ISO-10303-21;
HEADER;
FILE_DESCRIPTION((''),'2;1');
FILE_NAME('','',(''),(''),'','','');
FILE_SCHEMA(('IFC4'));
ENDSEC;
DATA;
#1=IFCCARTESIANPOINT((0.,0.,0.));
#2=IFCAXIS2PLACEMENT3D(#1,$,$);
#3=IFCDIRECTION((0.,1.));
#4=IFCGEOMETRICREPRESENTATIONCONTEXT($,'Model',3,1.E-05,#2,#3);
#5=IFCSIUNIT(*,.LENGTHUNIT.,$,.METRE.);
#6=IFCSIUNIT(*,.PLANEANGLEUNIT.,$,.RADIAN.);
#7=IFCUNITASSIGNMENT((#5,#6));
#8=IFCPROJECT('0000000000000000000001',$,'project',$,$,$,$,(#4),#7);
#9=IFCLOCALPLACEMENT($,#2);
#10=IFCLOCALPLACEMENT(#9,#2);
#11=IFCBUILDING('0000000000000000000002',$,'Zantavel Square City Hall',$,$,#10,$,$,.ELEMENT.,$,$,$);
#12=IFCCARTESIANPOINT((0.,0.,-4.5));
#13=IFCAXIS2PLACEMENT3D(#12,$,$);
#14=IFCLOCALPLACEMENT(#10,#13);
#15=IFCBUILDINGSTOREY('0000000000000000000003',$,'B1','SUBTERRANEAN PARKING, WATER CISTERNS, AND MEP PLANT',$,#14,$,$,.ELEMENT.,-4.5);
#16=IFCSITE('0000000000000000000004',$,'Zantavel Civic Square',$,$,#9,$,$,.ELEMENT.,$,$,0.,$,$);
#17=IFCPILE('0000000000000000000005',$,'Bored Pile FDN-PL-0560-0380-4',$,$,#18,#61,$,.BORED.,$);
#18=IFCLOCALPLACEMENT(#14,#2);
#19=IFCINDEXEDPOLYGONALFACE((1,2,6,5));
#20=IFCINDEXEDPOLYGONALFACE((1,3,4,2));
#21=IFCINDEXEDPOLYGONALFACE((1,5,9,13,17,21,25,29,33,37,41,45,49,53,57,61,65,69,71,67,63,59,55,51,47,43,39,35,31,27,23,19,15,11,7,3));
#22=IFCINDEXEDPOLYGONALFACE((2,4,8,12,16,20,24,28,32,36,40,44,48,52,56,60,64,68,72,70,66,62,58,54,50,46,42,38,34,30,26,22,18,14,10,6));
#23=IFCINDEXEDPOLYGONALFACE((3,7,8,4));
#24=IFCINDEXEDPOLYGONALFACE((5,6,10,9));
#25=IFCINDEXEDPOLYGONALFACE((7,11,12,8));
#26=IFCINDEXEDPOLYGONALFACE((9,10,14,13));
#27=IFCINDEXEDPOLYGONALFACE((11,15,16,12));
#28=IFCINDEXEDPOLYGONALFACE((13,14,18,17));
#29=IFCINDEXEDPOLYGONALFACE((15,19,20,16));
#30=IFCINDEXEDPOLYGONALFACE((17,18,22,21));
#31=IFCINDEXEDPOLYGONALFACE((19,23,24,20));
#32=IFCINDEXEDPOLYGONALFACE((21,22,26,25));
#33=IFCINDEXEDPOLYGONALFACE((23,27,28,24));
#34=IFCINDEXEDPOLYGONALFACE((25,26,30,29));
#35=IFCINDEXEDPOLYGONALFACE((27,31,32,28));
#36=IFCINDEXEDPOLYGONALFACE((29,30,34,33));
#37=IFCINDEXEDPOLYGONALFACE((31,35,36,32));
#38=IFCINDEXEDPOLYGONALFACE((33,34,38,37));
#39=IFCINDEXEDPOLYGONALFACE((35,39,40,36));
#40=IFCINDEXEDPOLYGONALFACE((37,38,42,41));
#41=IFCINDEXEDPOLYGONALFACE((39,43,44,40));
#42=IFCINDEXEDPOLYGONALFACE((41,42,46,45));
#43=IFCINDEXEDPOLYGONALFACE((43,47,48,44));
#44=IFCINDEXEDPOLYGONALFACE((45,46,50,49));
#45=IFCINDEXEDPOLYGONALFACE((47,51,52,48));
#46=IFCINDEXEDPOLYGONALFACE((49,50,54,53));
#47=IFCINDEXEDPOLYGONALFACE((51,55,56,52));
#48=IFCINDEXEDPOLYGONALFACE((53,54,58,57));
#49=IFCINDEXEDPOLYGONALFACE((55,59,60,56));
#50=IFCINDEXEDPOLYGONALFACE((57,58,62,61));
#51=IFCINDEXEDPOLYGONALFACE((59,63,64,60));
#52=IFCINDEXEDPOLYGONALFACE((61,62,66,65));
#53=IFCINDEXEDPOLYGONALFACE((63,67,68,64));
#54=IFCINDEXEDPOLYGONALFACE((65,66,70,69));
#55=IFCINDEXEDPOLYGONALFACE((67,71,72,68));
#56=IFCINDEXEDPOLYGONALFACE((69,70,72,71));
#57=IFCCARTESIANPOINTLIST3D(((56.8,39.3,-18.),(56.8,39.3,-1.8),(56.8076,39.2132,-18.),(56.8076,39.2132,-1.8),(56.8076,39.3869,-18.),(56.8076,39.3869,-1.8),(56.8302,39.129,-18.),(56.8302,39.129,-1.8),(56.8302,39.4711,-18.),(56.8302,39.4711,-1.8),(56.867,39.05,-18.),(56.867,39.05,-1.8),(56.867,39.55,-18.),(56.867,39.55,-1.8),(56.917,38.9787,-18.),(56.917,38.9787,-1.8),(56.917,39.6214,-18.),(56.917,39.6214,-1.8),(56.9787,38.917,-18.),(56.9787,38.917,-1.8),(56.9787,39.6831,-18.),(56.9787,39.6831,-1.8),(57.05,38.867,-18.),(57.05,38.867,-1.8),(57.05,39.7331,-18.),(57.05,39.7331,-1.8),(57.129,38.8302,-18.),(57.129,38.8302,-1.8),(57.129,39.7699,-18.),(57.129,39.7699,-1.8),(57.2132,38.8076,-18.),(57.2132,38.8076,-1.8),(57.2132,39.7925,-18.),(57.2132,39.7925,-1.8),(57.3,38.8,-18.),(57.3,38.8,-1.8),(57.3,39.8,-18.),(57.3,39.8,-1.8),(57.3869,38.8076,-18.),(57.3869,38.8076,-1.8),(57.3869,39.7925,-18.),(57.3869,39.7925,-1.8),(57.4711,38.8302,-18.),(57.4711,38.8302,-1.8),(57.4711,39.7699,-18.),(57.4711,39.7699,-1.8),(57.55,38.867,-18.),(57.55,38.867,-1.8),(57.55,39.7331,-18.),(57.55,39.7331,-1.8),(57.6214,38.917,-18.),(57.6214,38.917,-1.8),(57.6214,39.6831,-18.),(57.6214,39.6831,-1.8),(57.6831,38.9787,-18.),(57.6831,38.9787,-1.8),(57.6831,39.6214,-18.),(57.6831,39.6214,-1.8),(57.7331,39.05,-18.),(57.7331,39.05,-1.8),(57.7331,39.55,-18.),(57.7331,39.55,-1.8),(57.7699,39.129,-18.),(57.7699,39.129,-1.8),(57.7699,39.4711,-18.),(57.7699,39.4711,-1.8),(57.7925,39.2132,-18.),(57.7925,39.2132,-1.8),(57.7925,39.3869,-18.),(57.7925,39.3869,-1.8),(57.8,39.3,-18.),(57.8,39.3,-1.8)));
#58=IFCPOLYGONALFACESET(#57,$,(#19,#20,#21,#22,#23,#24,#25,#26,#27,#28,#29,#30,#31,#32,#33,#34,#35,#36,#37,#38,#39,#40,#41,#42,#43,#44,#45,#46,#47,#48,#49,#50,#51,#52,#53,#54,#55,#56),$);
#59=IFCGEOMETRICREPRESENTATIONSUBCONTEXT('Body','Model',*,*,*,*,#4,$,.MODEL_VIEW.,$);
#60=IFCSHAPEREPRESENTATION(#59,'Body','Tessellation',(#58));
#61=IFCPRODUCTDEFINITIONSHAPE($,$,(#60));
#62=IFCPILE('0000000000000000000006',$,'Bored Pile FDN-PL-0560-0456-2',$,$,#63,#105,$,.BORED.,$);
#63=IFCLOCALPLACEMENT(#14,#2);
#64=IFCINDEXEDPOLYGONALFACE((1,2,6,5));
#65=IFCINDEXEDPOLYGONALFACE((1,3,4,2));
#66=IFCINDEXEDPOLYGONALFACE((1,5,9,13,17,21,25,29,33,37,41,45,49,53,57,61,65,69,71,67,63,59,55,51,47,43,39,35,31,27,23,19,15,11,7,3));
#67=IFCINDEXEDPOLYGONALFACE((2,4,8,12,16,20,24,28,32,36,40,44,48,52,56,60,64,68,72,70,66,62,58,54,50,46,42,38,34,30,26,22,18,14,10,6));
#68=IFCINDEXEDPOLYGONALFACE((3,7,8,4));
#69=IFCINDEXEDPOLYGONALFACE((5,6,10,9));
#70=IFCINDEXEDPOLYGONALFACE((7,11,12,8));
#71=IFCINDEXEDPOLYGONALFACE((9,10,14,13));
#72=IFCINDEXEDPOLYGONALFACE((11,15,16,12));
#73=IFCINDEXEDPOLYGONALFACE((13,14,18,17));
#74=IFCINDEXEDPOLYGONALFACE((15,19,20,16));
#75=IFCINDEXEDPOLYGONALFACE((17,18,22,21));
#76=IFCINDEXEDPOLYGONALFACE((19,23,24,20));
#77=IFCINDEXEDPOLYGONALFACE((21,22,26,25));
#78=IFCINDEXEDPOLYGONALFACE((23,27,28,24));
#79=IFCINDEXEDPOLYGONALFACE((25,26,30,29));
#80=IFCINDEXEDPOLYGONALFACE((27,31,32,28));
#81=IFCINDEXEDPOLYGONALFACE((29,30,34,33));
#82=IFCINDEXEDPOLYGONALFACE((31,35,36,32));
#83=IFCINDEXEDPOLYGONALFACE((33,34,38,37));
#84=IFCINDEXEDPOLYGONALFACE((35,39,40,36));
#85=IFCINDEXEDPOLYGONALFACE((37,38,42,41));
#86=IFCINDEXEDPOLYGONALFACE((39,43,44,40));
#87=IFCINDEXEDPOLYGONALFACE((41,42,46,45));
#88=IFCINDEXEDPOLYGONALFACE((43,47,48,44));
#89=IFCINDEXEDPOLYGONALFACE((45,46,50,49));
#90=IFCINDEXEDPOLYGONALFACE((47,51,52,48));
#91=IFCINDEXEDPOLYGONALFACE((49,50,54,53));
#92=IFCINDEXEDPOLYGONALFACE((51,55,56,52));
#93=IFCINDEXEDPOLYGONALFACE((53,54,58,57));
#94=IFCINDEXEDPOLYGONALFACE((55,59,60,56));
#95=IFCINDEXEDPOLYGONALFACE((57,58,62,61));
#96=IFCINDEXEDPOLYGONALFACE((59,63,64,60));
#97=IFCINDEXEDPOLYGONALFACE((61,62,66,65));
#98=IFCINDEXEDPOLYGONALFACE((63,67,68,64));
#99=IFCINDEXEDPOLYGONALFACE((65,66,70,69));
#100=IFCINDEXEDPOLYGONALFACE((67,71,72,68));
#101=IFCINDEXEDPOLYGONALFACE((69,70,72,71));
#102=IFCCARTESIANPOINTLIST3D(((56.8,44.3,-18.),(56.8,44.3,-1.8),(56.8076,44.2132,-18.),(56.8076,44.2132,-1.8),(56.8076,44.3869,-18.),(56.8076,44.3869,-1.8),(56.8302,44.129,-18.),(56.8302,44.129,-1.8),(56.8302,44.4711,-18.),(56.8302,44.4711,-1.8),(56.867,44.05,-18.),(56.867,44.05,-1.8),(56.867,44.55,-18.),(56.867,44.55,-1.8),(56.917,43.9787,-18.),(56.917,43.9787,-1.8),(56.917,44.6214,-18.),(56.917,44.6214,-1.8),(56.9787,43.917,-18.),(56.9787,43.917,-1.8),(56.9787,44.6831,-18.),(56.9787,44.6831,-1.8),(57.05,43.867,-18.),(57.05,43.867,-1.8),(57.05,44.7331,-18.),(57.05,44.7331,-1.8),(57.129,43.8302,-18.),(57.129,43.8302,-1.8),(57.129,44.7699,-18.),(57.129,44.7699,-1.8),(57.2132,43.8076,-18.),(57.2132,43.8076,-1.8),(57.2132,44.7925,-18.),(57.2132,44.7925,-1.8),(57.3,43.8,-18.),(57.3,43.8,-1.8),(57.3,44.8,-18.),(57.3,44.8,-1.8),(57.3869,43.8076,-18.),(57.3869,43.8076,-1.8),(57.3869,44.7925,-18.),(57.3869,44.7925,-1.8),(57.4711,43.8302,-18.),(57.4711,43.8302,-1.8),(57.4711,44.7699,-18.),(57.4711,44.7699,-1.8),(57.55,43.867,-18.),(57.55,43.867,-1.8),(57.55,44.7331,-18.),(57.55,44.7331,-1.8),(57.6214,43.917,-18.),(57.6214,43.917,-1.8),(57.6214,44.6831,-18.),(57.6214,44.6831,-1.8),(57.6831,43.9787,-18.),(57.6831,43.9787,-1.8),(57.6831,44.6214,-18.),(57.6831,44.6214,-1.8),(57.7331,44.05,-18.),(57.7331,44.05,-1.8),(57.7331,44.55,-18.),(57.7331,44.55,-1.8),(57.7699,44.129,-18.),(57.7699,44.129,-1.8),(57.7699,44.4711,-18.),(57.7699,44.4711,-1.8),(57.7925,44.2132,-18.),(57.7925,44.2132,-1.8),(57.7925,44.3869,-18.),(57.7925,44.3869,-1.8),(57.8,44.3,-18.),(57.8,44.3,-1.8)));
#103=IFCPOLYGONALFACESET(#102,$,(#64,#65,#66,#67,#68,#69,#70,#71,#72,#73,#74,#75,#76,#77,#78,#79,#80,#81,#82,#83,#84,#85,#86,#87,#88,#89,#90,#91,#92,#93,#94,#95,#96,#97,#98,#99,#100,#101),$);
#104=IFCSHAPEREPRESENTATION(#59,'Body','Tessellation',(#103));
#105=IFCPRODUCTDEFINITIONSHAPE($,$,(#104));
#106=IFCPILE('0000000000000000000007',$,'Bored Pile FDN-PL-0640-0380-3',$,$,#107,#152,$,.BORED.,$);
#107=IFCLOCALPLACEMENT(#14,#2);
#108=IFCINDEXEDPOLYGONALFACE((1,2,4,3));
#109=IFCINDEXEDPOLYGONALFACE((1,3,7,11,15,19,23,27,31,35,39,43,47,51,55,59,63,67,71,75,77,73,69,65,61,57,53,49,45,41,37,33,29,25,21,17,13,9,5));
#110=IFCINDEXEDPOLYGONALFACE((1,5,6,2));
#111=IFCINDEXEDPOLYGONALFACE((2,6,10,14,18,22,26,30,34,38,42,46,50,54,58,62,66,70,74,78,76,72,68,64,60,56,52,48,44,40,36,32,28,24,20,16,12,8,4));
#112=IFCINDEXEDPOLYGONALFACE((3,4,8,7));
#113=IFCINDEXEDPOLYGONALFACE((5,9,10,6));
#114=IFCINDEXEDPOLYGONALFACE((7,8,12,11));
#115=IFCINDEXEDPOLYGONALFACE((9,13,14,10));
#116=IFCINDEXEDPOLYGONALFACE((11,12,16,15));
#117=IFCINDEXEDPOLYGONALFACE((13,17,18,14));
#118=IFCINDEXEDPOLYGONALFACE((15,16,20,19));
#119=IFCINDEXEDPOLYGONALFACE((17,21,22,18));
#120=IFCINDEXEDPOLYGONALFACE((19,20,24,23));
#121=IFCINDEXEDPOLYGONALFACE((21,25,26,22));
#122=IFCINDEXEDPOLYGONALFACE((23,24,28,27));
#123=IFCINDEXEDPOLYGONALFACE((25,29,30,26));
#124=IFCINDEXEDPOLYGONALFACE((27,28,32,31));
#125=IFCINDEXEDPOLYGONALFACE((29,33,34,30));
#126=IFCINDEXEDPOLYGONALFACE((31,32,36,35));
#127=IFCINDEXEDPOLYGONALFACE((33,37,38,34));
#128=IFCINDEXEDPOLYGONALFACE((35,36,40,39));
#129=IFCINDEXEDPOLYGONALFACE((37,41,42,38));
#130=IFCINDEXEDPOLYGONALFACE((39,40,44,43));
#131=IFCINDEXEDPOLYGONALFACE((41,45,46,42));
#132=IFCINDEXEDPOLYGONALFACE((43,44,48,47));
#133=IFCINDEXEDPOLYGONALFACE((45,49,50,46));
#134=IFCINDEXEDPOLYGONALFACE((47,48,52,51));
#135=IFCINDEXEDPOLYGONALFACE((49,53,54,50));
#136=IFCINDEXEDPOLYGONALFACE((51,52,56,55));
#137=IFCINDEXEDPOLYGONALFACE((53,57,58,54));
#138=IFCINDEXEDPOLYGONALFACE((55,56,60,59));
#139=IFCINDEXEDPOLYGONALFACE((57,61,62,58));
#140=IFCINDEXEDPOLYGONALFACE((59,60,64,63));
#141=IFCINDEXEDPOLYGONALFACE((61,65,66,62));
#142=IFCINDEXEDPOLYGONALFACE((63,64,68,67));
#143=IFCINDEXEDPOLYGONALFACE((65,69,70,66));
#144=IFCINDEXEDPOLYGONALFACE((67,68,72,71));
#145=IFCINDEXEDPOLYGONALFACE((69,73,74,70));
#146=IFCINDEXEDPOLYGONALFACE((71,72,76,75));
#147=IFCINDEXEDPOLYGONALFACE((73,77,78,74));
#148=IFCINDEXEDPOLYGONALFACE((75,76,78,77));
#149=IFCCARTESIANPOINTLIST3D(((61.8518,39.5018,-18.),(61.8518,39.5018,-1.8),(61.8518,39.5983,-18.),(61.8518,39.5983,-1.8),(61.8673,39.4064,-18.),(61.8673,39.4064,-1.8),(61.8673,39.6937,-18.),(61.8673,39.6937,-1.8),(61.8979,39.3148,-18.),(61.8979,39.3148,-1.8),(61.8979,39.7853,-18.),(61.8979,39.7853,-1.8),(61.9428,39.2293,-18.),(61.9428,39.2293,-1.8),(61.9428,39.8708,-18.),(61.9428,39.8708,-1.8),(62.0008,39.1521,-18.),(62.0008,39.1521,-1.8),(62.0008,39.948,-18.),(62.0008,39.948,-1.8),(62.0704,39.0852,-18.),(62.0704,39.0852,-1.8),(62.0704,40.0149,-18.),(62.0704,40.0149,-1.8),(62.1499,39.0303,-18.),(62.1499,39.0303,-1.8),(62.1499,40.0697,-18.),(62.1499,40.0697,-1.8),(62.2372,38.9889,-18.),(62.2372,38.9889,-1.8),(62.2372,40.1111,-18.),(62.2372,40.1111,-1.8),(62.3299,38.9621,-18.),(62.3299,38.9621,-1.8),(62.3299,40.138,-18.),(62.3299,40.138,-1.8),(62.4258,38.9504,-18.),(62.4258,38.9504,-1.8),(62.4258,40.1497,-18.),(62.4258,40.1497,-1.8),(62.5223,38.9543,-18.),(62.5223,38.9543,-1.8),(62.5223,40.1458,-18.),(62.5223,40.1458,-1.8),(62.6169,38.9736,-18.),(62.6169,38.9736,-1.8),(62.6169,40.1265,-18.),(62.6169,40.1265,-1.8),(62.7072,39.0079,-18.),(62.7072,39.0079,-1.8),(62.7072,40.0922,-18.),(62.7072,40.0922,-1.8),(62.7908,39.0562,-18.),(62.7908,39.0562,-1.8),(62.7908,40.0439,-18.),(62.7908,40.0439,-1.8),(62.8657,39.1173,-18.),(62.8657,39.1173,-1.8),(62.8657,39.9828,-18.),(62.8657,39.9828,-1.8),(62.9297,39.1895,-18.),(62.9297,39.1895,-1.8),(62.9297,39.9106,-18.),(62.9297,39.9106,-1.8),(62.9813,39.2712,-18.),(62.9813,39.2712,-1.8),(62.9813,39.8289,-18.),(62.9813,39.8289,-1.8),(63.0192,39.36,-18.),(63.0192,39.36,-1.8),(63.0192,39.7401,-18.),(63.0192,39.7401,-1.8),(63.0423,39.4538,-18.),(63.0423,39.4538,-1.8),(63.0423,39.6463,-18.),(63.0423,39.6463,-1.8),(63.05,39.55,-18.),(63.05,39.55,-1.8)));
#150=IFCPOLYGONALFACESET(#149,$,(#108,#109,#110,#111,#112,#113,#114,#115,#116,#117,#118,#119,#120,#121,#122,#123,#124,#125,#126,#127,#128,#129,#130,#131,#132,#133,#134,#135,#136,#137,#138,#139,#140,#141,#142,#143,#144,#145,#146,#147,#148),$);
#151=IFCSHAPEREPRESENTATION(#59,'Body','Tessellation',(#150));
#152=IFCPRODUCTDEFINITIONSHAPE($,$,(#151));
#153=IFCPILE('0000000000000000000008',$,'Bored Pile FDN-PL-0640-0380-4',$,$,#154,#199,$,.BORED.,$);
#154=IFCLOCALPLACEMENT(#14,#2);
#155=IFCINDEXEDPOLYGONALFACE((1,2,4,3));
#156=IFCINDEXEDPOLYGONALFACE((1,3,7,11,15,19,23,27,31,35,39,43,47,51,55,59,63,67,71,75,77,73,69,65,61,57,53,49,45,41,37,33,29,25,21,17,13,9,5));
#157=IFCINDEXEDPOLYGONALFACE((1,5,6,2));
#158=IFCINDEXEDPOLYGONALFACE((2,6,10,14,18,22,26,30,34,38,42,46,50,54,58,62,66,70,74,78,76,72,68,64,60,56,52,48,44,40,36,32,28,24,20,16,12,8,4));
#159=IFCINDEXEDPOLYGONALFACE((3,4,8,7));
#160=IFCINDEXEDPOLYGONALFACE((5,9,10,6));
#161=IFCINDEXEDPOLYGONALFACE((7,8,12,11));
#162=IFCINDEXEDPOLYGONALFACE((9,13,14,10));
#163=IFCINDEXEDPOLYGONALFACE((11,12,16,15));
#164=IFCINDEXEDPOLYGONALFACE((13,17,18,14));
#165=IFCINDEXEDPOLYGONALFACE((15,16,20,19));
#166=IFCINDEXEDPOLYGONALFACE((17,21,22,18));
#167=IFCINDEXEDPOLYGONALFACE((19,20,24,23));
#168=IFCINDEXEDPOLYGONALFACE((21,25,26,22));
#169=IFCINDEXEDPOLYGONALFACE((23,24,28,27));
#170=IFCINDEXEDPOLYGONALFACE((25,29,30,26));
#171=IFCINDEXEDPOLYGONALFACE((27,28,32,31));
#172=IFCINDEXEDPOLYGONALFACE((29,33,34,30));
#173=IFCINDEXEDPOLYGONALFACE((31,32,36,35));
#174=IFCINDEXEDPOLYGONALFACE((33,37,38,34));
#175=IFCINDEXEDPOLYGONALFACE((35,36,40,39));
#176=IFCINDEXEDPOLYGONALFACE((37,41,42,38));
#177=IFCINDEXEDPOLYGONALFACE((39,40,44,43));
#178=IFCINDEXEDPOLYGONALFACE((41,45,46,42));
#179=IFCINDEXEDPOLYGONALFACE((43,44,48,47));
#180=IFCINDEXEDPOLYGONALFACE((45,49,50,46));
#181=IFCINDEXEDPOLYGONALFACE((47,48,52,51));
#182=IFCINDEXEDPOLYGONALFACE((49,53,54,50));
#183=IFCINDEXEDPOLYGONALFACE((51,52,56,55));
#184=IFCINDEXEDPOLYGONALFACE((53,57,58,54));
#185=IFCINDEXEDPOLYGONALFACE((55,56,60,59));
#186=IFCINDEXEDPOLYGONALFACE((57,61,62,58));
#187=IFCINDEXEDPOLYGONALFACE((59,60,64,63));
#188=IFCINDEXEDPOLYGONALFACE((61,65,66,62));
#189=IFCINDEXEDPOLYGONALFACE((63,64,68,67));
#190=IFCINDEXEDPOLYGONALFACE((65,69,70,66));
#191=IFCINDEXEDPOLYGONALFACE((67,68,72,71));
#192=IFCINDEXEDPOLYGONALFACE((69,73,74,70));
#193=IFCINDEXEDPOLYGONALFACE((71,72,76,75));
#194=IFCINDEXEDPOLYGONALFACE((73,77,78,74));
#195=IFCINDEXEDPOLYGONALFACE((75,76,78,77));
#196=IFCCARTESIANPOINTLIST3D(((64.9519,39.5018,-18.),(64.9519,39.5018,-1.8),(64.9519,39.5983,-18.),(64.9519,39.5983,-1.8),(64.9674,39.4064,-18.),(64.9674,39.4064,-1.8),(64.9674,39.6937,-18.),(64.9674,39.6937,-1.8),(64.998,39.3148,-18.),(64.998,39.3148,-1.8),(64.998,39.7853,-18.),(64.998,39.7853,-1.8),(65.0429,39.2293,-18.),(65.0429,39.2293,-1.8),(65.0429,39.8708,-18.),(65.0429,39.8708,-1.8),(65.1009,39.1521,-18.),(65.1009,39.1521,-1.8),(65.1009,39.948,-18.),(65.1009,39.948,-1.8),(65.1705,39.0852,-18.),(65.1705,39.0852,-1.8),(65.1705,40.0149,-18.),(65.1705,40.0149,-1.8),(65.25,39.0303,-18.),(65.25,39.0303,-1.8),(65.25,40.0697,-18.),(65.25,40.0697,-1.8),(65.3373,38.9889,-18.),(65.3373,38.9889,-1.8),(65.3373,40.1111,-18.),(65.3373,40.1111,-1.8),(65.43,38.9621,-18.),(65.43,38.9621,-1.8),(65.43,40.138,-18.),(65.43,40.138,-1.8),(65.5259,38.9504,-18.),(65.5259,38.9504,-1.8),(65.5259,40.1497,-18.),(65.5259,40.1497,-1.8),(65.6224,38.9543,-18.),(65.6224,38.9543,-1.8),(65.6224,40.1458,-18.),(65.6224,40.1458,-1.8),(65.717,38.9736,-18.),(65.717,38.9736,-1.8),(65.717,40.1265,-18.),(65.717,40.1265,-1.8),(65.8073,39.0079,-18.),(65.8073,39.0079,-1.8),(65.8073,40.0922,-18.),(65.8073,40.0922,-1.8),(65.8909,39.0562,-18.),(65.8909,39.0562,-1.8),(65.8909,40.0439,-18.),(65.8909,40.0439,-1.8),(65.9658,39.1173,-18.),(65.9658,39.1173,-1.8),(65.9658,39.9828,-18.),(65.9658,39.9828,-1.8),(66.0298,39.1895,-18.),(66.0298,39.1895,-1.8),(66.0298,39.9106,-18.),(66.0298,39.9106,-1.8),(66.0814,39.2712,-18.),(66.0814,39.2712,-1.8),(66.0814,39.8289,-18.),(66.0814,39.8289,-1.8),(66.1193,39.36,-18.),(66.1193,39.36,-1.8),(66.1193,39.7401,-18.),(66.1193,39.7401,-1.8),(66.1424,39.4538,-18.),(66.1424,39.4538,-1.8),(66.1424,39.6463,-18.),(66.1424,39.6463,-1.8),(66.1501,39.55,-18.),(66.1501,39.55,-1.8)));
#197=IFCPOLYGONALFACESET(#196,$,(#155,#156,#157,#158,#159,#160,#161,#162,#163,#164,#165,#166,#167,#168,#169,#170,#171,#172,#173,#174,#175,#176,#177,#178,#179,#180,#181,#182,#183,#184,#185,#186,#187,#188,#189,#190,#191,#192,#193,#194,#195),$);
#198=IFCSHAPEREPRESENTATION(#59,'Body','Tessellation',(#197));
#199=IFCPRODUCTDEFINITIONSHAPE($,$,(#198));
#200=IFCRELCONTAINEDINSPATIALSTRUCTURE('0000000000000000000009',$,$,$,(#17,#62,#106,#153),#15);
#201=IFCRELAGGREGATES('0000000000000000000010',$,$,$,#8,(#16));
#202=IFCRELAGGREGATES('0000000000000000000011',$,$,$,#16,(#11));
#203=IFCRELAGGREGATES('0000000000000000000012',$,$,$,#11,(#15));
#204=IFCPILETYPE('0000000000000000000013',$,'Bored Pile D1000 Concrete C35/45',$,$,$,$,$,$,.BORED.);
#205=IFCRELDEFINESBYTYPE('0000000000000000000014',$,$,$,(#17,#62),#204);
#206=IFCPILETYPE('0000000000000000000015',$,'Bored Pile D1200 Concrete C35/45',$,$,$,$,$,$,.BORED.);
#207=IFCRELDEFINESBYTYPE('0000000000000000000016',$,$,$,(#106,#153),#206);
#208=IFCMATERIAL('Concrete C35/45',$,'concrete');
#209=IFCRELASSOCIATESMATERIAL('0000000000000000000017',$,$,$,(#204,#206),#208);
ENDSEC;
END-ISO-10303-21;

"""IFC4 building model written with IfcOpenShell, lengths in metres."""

from ifc_helpers import new_model, si_unit, direction, frame, origin, origin_2d, place, context, subcontext, project, spatial, circle, extrude, material, material_profile, profile_set, type_object, element, save


model = new_model("IFC4")

# Units and contexts
model_context = context("Model", 3, precision=1e-05, world=origin(), true_north=direction((0.0, 1.0)))
body_context = subcontext(model_context, "Body", "Model", "MODEL_VIEW")
ifc_project = project(units=[si_unit("LENGTHUNIT", "METRE"), si_unit("PLANEANGLEUNIT", "RADIAN")], contexts=[model_context])

# Site, building, storey
site_placement = place(None, origin())
site = spatial("IfcSite", under=ifc_project, at=site_placement, Name="Zantavel Civic Square", CompositionType="ELEMENT", RefElevation=0.0)
building_placement = place(site_placement, origin())
building = spatial("IfcBuilding", under=site, at=building_placement, Name="Zantavel Square City Hall", CompositionType="ELEMENT")
storey_placement = place(building_placement, frame((0.0, 0.0, -4.5)))
storey = spatial("IfcBuildingStorey", under=building, at=storey_placement, Name="B1", Description="SUBTERRANEAN PARKING, WATER CISTERNS, AND MEP PLANT", CompositionType="ELEMENT", Elevation=-4.5)

# Piles
ifc_material_1 = material(Name="Concrete C35/45", Category="concrete")
ifc_material_profile_1 = material_profile(ifc_material_1, circle(Radius=0.5, at=origin_2d()), Name="PILE D1000")
ifc_profile_set_1 = profile_set([ifc_material_profile_1], Name="Concrete C35/45")
pile_type_1 = type_object("IfcPileType", Name="Bored Pile D1000 Concrete C35/45", PredefinedType="BORED", material=ifc_profile_set_1)
for number, where, z_axis, x_axis, name in (
    (1, (57.3, 39.3, -1.8), (0.0, 0.0, -1.0), (1.0, 0.0, 0.0), "Bored Pile FDN-PL-0560-0380-4"),
    (2, (57.3, 44.3, -1.8), (0.0, 0.0, -1.0), (1.0, 0.0, 0.0), "Bored Pile FDN-PL-0560-0456-2"),
):
    element("IfcPile", number, at=place(storey_placement, frame(where, z_axis=z_axis, x_axis=x_axis)), inside=storey, type_object=pile_type_1, Name=name, PredefinedType="BORED", context=body_context, shape_type="SweptSolid", body=[
        extrude(circle(Radius=0.5, at=origin_2d()), origin(), (0.0, 0.0, 1.0), 16.2),
    ])
ifc_material_profile_2 = material_profile(ifc_material_1, circle(Radius=0.6001, at=origin_2d()), Name="PILE D1200")
ifc_profile_set_2 = profile_set([ifc_material_profile_2], Name="Concrete C35/45")
pile_type_2 = type_object("IfcPileType", Name="Bored Pile D1200 Concrete C35/45", PredefinedType="BORED", material=ifc_profile_set_2)
for number, where, z_axis, x_axis, name in (
    (3, (62.45, 39.55, -1.8), (0.0, 0.0, -1.0), (1.0, 0.0, 0.0), "Bored Pile FDN-PL-0640-0380-3"),
    (4, (65.55, 39.55, -1.8), (0.0, 0.0, -1.0), (1.0, 0.0, 0.0), "Bored Pile FDN-PL-0640-0380-4"),
):
    element("IfcPile", number, at=place(storey_placement, frame(where, z_axis=z_axis, x_axis=x_axis)), inside=storey, type_object=pile_type_2, Name=name, PredefinedType="BORED", context=body_context, shape_type="SweptSolid", body=[
        extrude(circle(Radius=0.6001, at=origin_2d()), origin(), (0.0, 0.0, 1.0), 16.2),
    ])

save(model, "model.ifc")
